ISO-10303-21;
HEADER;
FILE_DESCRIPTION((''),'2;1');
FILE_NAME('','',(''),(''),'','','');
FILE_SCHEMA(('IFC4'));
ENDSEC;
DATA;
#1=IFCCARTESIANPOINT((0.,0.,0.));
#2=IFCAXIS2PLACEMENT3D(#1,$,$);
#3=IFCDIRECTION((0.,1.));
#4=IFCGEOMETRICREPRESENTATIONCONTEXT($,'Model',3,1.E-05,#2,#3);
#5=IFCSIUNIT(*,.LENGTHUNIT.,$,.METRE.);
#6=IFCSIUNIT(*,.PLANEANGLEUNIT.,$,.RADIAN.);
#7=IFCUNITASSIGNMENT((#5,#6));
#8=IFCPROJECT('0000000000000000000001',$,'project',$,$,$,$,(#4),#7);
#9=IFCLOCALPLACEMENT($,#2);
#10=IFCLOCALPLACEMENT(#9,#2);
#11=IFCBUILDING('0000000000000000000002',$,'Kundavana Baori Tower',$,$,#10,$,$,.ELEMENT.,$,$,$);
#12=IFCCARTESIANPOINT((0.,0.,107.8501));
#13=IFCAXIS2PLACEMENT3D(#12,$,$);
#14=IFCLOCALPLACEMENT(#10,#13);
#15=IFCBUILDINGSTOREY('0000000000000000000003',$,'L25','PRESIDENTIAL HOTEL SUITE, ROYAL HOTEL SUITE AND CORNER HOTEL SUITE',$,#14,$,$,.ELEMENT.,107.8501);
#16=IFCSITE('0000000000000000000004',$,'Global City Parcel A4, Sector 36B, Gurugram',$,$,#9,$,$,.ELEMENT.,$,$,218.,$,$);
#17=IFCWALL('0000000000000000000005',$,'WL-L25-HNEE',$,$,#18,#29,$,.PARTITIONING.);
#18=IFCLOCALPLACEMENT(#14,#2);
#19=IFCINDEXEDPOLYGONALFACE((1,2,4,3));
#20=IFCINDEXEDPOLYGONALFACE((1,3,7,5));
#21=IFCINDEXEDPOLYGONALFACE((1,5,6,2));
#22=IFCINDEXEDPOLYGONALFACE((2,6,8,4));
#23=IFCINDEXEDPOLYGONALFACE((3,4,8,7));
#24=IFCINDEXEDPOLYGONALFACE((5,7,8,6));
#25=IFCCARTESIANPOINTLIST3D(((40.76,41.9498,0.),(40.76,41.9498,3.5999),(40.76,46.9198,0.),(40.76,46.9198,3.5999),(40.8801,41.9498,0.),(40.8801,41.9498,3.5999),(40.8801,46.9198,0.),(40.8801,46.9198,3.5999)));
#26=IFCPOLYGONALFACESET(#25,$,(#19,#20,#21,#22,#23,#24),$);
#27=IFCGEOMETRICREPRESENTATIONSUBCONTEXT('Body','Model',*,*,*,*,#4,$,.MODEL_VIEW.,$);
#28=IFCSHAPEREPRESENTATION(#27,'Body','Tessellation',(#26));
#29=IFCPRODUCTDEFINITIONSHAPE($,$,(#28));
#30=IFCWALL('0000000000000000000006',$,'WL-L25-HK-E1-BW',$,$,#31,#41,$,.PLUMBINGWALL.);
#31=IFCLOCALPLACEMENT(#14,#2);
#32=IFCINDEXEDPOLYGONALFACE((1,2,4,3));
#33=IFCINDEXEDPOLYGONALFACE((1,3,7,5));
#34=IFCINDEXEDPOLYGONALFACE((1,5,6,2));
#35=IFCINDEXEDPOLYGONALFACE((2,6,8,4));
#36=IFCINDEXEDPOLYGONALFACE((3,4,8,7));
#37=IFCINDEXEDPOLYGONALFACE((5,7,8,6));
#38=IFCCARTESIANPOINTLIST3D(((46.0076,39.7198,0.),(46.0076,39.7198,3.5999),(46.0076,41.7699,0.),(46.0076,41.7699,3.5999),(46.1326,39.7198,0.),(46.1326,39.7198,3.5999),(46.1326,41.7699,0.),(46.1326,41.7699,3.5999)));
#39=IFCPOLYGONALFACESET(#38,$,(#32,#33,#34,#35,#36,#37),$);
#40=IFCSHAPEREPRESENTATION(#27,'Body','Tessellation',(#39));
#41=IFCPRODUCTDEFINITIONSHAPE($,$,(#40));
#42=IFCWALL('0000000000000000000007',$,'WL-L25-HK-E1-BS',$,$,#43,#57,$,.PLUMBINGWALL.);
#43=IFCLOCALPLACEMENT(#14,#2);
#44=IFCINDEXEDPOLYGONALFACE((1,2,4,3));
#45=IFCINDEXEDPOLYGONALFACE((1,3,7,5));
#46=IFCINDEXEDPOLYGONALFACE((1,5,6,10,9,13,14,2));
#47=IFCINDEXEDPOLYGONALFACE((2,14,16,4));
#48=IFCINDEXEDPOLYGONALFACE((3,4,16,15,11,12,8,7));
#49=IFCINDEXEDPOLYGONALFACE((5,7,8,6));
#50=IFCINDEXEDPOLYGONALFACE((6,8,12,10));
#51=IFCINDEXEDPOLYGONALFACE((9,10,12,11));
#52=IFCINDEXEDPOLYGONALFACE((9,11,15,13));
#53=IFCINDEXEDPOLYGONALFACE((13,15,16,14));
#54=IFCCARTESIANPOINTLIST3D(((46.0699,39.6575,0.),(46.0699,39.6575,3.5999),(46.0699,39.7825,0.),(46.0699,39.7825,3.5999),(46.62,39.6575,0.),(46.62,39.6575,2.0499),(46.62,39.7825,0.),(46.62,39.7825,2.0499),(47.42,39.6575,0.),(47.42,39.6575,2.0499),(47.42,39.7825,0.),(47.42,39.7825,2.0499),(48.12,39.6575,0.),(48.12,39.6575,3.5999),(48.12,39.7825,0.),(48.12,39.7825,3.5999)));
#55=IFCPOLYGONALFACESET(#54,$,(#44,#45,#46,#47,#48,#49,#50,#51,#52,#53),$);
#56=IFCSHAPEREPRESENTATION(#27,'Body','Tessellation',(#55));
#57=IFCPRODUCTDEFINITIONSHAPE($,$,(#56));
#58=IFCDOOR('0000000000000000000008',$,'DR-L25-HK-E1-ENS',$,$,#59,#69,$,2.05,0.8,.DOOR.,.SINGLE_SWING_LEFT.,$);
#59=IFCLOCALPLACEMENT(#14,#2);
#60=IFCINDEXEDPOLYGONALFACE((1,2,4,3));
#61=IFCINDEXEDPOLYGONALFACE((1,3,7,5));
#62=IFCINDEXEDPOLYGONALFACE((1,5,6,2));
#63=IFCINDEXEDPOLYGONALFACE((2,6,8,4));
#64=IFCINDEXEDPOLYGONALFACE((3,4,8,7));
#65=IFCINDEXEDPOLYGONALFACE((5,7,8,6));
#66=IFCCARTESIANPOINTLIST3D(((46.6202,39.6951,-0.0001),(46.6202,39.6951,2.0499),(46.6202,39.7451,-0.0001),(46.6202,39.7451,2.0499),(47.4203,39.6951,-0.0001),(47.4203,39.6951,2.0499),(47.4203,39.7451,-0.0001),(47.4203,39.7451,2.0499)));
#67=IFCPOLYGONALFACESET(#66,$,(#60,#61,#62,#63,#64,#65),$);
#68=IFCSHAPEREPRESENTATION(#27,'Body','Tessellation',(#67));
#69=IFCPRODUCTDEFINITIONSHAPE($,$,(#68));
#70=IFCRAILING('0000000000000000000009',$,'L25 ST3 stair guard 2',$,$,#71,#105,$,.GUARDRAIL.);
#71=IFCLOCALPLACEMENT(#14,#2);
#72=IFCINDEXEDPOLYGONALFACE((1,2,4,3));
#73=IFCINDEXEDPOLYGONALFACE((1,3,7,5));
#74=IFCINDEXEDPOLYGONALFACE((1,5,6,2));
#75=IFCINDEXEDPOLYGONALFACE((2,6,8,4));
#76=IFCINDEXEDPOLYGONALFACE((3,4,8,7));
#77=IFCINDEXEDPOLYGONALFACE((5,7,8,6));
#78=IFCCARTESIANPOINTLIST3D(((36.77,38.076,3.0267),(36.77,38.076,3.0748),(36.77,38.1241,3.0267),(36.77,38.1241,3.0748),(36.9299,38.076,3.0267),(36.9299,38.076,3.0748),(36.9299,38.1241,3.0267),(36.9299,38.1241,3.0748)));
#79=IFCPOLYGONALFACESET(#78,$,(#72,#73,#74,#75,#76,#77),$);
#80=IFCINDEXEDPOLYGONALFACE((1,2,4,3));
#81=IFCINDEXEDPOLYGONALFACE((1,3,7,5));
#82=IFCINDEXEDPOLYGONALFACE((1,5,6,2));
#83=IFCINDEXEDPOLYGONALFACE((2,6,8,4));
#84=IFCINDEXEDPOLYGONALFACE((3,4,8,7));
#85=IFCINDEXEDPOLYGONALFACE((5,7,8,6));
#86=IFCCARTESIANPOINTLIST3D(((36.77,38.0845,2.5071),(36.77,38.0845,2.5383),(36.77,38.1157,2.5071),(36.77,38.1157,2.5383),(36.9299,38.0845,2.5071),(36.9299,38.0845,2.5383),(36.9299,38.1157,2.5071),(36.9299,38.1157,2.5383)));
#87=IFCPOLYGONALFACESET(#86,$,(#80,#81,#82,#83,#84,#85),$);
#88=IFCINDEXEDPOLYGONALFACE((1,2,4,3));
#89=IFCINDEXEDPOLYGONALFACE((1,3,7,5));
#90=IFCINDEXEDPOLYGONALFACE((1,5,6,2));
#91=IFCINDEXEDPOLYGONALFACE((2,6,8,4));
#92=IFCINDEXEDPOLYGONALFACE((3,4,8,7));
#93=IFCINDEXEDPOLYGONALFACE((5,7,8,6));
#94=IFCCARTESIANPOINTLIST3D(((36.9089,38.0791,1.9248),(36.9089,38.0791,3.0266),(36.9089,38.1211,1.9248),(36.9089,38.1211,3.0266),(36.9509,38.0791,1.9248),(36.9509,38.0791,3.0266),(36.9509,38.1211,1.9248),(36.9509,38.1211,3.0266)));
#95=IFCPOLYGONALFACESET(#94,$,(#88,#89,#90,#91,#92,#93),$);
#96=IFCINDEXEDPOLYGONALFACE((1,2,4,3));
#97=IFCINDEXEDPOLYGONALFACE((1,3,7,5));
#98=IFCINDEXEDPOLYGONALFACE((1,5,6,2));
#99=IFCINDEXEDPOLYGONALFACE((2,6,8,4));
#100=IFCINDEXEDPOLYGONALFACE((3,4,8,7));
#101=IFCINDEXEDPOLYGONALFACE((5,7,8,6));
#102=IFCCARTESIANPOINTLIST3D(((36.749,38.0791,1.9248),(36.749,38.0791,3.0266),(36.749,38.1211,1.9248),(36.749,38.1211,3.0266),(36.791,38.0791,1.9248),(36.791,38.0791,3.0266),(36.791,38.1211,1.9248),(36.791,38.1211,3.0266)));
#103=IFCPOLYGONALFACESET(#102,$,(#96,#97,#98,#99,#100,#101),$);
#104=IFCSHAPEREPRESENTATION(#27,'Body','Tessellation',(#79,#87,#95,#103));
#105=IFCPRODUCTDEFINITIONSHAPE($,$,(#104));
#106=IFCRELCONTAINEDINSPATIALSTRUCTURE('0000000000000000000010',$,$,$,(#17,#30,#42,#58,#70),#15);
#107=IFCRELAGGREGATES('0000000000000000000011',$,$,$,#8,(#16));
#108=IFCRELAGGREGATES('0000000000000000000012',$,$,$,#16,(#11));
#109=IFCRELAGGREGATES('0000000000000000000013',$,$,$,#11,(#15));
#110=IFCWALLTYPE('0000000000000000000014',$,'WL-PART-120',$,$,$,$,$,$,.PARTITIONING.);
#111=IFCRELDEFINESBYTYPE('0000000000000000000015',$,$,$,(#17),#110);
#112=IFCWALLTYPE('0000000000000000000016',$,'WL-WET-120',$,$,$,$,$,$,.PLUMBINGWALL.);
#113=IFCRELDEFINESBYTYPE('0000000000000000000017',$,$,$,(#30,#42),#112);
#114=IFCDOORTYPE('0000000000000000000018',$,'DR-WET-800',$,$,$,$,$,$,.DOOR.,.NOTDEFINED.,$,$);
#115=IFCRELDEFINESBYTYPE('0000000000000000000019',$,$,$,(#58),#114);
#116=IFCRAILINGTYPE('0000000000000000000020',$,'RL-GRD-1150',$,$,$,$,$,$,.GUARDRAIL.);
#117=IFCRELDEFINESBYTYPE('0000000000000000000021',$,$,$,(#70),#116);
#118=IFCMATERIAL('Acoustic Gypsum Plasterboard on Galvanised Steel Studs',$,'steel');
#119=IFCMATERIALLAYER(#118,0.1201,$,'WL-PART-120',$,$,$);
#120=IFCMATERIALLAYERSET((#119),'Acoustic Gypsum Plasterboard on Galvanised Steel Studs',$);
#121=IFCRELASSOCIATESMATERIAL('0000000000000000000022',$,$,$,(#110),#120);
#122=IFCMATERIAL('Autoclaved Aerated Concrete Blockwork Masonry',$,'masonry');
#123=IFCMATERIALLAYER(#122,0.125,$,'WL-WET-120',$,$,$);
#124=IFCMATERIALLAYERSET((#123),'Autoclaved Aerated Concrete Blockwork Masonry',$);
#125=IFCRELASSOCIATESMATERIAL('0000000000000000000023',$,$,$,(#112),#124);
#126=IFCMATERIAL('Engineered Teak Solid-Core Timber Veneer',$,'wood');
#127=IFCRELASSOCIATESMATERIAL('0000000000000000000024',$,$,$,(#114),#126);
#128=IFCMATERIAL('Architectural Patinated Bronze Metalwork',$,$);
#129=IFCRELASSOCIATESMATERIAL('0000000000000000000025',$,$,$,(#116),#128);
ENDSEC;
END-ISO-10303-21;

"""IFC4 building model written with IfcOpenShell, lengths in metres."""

from ifc_helpers import new_model, si_unit, direction, frame, frame_2d, origin, origin_2d, place, context, subcontext, project, spatial, rectangle, extrude, material, layer, layer_set, type_object, element, fill, save


model = new_model("IFC4")

# Units and contexts
model_context = context("Model", 3, precision=1e-05, world=origin(), true_north=direction((0.0, 1.0)))
body_context = subcontext(model_context, "Body", "Model", "MODEL_VIEW")
ifc_project = project(units=[si_unit("LENGTHUNIT", "METRE"), si_unit("PLANEANGLEUNIT", "RADIAN")], contexts=[model_context])

# Site, building, storey
site_placement = place(None, origin())
site = spatial("IfcSite", under=ifc_project, at=site_placement, Name="Global City Parcel A4, Sector 36B, Gurugram", CompositionType="ELEMENT", RefElevation=218.0)
building_placement = place(site_placement, origin())
building = spatial("IfcBuilding", under=site, at=building_placement, Name="Kundavana Baori Tower", CompositionType="ELEMENT")
storey_placement = place(building_placement, frame((0.0, 0.0, 107.8501)))
storey = spatial("IfcBuildingStorey", under=building, at=storey_placement, Name="L25", Description="PRESIDENTIAL HOTEL SUITE, ROYAL HOTEL SUITE AND CORNER HOTEL SUITE", CompositionType="ELEMENT", Elevation=107.8501)

# Walls
ifc_material_1 = material(Name="Acoustic Gypsum Plasterboard on Galvanised Steel Studs", Category="steel")
ifc_layer_1 = layer(ifc_material_1, 0.1201, Name="WL-PART-120")
ifc_layer_set_1 = layer_set([ifc_layer_1], Name="Acoustic Gypsum Plasterboard on Galvanised Steel Studs")
wall_type_1 = type_object("IfcWallType", Name="WL-PART-120", PredefinedType="PARTITIONING", material=ifc_layer_set_1)
wall_1_placement = place(storey_placement, frame((40.8201, 41.95, 0.0), z_axis=(0.0, 0.0, 1.0), x_axis=(0.0, 1.0, 0.0)))
element("IfcWall", 1, at=wall_1_placement, inside=storey, type_object=wall_type_1, Name="WL-L25-HNEE", PredefinedType="PARTITIONING", context=body_context, shape_type="SweptSolid", body=[
    extrude(rectangle(XDim=4.97, YDim=0.1201, at=frame_2d((2.4849, 0.0))), origin(), (0.0, 0.0, 1.0), 3.5999),
])
ifc_material_2 = material(Name="Autoclaved Aerated Concrete Blockwork Masonry", Category="masonry")
ifc_layer_2 = layer(ifc_material_2, 0.125, Name="WL-WET-120")
ifc_layer_set_2 = layer_set([ifc_layer_2], Name="Autoclaved Aerated Concrete Blockwork Masonry")
wall_type_2 = type_object("IfcWallType", Name="WL-WET-120", PredefinedType="PLUMBINGWALL", material=ifc_layer_set_2)
wall_2_placement = place(storey_placement, frame((46.0701, 39.72, 0.0), z_axis=(0.0, 0.0, 1.0), x_axis=(0.0, 1.0, 0.0)))
element("IfcWall", 2, at=wall_2_placement, inside=storey, type_object=wall_type_2, Name="WL-L25-HK-E1-BW", PredefinedType="PLUMBINGWALL", context=body_context, shape_type="SweptSolid", body=[
    extrude(rectangle(XDim=2.05, YDim=0.125, at=frame_2d((1.0249, 0.0))), origin(), (0.0, 0.0, 1.0), 3.5999),
])

# Wall, opening, door
wall_3_placement = place(storey_placement, frame((46.0701, 39.72, 0.0), z_axis=(0.0, 0.0, 1.0), x_axis=(1.0, 0.0, 0.0)))
wall_3 = element("IfcWall", 3, at=wall_3_placement, inside=storey, type_object=wall_type_2, Name="WL-L25-HK-E1-BS", PredefinedType="PLUMBINGWALL", context=body_context, shape_type="SweptSolid", body=[
    extrude(rectangle(XDim=2.05, YDim=0.125, at=frame_2d((1.0249, 0.0))), origin(), (0.0, 0.0, 1.0), 3.5999),
])
opening_1_placement = place(wall_3_placement, frame((0.55, 0.0, 0.0)))
opening_1 = element("IfcOpeningElement", 4, at=opening_1_placement, cuts=wall_3, PredefinedType="OPENING", context=body_context, shape_type="SweptSolid", body=[
    extrude(rectangle(XDim=0.8, YDim=2.05, at=frame_2d((0.3999, 1.0249))), frame((0.0, 0.0725, 0.0), z_axis=(0.0, -1.0, 0.0), x_axis=(1.0, 0.0, 0.0)), (0.0, 0.0, 1.0), 0.145),
])
ifc_material_3 = material(Name="Engineered Teak Solid-Core Timber Veneer", Category="wood")
door_type_1 = type_object("IfcDoorType", Name="DR-WET-800", OperationType="NOTDEFINED", PredefinedType="DOOR", material=ifc_material_3)
door_1_placement = place(opening_1_placement, frame((0.8, 0.0, 0.0), z_axis=(0.0, 0.0, 1.0), x_axis=(-1.0, 0.0, 0.0)))
door_1 = element("IfcDoor", 5, at=door_1_placement, inside=storey, type_object=door_type_1, Name="DR-L25-HK-E1-ENS", OperationType="SINGLE_SWING_LEFT", OverallHeight=2.05, OverallWidth=0.8, PredefinedType="DOOR", context=body_context, shape_type="SweptSolid", body=[
    extrude(rectangle(XDim=0.8, YDim=2.05, at=frame_2d((0.3999, 1.0249))), frame((0.0, 0.0249, 0.0), z_axis=(0.0, -1.0, 0.0), x_axis=(1.0, 0.0, 0.0)), (0.0, 0.0, 1.0), 0.05),
])
fill(opening_1, door_1)

# Railing
ifc_material_4 = material(Name="Architectural Patinated Bronze Metalwork")
railing_type_1 = type_object("IfcRailingType", Name="RL-GRD-1150", PredefinedType="GUARDRAIL", material=ifc_material_4)
railing_1_placement = place(storey_placement, frame((36.9299, 38.1001, 1.9248)))
element("IfcRailing", 6, at=railing_1_placement, inside=storey, type_object=railing_type_1, Name="L25 ST3 stair guard 2", PredefinedType="GUARDRAIL", context=body_context, shape_type="SweptSolid", body=[
    extrude(rectangle(XDim=0.0481, YDim=0.0481, at=origin_2d()), frame((0.0, 0.0, 1.126), z_axis=(-1.0, 0.0, 0.0), x_axis=(0.0, -1.0, 0.0)), (0.0, 0.0, 1.0), 0.1599),
    extrude(rectangle(XDim=0.0312, YDim=0.0312, at=origin_2d()), frame((0.0, 0.0, 0.5979), z_axis=(-1.0, 0.0, 0.0), x_axis=(0.0, -1.0, 0.0)), (0.0, 0.0, 1.0), 0.1599),
    extrude(rectangle(XDim=0.042, YDim=0.042, at=origin_2d()), origin(), (0.0, 0.0, 1.0), 1.1018),
    extrude(rectangle(XDim=0.042, YDim=0.042, at=origin_2d()), frame((-0.1599, 0.0, 0.0)), (0.0, 0.0, 1.0), 1.1018),
])

save(model, "model.ifc")
